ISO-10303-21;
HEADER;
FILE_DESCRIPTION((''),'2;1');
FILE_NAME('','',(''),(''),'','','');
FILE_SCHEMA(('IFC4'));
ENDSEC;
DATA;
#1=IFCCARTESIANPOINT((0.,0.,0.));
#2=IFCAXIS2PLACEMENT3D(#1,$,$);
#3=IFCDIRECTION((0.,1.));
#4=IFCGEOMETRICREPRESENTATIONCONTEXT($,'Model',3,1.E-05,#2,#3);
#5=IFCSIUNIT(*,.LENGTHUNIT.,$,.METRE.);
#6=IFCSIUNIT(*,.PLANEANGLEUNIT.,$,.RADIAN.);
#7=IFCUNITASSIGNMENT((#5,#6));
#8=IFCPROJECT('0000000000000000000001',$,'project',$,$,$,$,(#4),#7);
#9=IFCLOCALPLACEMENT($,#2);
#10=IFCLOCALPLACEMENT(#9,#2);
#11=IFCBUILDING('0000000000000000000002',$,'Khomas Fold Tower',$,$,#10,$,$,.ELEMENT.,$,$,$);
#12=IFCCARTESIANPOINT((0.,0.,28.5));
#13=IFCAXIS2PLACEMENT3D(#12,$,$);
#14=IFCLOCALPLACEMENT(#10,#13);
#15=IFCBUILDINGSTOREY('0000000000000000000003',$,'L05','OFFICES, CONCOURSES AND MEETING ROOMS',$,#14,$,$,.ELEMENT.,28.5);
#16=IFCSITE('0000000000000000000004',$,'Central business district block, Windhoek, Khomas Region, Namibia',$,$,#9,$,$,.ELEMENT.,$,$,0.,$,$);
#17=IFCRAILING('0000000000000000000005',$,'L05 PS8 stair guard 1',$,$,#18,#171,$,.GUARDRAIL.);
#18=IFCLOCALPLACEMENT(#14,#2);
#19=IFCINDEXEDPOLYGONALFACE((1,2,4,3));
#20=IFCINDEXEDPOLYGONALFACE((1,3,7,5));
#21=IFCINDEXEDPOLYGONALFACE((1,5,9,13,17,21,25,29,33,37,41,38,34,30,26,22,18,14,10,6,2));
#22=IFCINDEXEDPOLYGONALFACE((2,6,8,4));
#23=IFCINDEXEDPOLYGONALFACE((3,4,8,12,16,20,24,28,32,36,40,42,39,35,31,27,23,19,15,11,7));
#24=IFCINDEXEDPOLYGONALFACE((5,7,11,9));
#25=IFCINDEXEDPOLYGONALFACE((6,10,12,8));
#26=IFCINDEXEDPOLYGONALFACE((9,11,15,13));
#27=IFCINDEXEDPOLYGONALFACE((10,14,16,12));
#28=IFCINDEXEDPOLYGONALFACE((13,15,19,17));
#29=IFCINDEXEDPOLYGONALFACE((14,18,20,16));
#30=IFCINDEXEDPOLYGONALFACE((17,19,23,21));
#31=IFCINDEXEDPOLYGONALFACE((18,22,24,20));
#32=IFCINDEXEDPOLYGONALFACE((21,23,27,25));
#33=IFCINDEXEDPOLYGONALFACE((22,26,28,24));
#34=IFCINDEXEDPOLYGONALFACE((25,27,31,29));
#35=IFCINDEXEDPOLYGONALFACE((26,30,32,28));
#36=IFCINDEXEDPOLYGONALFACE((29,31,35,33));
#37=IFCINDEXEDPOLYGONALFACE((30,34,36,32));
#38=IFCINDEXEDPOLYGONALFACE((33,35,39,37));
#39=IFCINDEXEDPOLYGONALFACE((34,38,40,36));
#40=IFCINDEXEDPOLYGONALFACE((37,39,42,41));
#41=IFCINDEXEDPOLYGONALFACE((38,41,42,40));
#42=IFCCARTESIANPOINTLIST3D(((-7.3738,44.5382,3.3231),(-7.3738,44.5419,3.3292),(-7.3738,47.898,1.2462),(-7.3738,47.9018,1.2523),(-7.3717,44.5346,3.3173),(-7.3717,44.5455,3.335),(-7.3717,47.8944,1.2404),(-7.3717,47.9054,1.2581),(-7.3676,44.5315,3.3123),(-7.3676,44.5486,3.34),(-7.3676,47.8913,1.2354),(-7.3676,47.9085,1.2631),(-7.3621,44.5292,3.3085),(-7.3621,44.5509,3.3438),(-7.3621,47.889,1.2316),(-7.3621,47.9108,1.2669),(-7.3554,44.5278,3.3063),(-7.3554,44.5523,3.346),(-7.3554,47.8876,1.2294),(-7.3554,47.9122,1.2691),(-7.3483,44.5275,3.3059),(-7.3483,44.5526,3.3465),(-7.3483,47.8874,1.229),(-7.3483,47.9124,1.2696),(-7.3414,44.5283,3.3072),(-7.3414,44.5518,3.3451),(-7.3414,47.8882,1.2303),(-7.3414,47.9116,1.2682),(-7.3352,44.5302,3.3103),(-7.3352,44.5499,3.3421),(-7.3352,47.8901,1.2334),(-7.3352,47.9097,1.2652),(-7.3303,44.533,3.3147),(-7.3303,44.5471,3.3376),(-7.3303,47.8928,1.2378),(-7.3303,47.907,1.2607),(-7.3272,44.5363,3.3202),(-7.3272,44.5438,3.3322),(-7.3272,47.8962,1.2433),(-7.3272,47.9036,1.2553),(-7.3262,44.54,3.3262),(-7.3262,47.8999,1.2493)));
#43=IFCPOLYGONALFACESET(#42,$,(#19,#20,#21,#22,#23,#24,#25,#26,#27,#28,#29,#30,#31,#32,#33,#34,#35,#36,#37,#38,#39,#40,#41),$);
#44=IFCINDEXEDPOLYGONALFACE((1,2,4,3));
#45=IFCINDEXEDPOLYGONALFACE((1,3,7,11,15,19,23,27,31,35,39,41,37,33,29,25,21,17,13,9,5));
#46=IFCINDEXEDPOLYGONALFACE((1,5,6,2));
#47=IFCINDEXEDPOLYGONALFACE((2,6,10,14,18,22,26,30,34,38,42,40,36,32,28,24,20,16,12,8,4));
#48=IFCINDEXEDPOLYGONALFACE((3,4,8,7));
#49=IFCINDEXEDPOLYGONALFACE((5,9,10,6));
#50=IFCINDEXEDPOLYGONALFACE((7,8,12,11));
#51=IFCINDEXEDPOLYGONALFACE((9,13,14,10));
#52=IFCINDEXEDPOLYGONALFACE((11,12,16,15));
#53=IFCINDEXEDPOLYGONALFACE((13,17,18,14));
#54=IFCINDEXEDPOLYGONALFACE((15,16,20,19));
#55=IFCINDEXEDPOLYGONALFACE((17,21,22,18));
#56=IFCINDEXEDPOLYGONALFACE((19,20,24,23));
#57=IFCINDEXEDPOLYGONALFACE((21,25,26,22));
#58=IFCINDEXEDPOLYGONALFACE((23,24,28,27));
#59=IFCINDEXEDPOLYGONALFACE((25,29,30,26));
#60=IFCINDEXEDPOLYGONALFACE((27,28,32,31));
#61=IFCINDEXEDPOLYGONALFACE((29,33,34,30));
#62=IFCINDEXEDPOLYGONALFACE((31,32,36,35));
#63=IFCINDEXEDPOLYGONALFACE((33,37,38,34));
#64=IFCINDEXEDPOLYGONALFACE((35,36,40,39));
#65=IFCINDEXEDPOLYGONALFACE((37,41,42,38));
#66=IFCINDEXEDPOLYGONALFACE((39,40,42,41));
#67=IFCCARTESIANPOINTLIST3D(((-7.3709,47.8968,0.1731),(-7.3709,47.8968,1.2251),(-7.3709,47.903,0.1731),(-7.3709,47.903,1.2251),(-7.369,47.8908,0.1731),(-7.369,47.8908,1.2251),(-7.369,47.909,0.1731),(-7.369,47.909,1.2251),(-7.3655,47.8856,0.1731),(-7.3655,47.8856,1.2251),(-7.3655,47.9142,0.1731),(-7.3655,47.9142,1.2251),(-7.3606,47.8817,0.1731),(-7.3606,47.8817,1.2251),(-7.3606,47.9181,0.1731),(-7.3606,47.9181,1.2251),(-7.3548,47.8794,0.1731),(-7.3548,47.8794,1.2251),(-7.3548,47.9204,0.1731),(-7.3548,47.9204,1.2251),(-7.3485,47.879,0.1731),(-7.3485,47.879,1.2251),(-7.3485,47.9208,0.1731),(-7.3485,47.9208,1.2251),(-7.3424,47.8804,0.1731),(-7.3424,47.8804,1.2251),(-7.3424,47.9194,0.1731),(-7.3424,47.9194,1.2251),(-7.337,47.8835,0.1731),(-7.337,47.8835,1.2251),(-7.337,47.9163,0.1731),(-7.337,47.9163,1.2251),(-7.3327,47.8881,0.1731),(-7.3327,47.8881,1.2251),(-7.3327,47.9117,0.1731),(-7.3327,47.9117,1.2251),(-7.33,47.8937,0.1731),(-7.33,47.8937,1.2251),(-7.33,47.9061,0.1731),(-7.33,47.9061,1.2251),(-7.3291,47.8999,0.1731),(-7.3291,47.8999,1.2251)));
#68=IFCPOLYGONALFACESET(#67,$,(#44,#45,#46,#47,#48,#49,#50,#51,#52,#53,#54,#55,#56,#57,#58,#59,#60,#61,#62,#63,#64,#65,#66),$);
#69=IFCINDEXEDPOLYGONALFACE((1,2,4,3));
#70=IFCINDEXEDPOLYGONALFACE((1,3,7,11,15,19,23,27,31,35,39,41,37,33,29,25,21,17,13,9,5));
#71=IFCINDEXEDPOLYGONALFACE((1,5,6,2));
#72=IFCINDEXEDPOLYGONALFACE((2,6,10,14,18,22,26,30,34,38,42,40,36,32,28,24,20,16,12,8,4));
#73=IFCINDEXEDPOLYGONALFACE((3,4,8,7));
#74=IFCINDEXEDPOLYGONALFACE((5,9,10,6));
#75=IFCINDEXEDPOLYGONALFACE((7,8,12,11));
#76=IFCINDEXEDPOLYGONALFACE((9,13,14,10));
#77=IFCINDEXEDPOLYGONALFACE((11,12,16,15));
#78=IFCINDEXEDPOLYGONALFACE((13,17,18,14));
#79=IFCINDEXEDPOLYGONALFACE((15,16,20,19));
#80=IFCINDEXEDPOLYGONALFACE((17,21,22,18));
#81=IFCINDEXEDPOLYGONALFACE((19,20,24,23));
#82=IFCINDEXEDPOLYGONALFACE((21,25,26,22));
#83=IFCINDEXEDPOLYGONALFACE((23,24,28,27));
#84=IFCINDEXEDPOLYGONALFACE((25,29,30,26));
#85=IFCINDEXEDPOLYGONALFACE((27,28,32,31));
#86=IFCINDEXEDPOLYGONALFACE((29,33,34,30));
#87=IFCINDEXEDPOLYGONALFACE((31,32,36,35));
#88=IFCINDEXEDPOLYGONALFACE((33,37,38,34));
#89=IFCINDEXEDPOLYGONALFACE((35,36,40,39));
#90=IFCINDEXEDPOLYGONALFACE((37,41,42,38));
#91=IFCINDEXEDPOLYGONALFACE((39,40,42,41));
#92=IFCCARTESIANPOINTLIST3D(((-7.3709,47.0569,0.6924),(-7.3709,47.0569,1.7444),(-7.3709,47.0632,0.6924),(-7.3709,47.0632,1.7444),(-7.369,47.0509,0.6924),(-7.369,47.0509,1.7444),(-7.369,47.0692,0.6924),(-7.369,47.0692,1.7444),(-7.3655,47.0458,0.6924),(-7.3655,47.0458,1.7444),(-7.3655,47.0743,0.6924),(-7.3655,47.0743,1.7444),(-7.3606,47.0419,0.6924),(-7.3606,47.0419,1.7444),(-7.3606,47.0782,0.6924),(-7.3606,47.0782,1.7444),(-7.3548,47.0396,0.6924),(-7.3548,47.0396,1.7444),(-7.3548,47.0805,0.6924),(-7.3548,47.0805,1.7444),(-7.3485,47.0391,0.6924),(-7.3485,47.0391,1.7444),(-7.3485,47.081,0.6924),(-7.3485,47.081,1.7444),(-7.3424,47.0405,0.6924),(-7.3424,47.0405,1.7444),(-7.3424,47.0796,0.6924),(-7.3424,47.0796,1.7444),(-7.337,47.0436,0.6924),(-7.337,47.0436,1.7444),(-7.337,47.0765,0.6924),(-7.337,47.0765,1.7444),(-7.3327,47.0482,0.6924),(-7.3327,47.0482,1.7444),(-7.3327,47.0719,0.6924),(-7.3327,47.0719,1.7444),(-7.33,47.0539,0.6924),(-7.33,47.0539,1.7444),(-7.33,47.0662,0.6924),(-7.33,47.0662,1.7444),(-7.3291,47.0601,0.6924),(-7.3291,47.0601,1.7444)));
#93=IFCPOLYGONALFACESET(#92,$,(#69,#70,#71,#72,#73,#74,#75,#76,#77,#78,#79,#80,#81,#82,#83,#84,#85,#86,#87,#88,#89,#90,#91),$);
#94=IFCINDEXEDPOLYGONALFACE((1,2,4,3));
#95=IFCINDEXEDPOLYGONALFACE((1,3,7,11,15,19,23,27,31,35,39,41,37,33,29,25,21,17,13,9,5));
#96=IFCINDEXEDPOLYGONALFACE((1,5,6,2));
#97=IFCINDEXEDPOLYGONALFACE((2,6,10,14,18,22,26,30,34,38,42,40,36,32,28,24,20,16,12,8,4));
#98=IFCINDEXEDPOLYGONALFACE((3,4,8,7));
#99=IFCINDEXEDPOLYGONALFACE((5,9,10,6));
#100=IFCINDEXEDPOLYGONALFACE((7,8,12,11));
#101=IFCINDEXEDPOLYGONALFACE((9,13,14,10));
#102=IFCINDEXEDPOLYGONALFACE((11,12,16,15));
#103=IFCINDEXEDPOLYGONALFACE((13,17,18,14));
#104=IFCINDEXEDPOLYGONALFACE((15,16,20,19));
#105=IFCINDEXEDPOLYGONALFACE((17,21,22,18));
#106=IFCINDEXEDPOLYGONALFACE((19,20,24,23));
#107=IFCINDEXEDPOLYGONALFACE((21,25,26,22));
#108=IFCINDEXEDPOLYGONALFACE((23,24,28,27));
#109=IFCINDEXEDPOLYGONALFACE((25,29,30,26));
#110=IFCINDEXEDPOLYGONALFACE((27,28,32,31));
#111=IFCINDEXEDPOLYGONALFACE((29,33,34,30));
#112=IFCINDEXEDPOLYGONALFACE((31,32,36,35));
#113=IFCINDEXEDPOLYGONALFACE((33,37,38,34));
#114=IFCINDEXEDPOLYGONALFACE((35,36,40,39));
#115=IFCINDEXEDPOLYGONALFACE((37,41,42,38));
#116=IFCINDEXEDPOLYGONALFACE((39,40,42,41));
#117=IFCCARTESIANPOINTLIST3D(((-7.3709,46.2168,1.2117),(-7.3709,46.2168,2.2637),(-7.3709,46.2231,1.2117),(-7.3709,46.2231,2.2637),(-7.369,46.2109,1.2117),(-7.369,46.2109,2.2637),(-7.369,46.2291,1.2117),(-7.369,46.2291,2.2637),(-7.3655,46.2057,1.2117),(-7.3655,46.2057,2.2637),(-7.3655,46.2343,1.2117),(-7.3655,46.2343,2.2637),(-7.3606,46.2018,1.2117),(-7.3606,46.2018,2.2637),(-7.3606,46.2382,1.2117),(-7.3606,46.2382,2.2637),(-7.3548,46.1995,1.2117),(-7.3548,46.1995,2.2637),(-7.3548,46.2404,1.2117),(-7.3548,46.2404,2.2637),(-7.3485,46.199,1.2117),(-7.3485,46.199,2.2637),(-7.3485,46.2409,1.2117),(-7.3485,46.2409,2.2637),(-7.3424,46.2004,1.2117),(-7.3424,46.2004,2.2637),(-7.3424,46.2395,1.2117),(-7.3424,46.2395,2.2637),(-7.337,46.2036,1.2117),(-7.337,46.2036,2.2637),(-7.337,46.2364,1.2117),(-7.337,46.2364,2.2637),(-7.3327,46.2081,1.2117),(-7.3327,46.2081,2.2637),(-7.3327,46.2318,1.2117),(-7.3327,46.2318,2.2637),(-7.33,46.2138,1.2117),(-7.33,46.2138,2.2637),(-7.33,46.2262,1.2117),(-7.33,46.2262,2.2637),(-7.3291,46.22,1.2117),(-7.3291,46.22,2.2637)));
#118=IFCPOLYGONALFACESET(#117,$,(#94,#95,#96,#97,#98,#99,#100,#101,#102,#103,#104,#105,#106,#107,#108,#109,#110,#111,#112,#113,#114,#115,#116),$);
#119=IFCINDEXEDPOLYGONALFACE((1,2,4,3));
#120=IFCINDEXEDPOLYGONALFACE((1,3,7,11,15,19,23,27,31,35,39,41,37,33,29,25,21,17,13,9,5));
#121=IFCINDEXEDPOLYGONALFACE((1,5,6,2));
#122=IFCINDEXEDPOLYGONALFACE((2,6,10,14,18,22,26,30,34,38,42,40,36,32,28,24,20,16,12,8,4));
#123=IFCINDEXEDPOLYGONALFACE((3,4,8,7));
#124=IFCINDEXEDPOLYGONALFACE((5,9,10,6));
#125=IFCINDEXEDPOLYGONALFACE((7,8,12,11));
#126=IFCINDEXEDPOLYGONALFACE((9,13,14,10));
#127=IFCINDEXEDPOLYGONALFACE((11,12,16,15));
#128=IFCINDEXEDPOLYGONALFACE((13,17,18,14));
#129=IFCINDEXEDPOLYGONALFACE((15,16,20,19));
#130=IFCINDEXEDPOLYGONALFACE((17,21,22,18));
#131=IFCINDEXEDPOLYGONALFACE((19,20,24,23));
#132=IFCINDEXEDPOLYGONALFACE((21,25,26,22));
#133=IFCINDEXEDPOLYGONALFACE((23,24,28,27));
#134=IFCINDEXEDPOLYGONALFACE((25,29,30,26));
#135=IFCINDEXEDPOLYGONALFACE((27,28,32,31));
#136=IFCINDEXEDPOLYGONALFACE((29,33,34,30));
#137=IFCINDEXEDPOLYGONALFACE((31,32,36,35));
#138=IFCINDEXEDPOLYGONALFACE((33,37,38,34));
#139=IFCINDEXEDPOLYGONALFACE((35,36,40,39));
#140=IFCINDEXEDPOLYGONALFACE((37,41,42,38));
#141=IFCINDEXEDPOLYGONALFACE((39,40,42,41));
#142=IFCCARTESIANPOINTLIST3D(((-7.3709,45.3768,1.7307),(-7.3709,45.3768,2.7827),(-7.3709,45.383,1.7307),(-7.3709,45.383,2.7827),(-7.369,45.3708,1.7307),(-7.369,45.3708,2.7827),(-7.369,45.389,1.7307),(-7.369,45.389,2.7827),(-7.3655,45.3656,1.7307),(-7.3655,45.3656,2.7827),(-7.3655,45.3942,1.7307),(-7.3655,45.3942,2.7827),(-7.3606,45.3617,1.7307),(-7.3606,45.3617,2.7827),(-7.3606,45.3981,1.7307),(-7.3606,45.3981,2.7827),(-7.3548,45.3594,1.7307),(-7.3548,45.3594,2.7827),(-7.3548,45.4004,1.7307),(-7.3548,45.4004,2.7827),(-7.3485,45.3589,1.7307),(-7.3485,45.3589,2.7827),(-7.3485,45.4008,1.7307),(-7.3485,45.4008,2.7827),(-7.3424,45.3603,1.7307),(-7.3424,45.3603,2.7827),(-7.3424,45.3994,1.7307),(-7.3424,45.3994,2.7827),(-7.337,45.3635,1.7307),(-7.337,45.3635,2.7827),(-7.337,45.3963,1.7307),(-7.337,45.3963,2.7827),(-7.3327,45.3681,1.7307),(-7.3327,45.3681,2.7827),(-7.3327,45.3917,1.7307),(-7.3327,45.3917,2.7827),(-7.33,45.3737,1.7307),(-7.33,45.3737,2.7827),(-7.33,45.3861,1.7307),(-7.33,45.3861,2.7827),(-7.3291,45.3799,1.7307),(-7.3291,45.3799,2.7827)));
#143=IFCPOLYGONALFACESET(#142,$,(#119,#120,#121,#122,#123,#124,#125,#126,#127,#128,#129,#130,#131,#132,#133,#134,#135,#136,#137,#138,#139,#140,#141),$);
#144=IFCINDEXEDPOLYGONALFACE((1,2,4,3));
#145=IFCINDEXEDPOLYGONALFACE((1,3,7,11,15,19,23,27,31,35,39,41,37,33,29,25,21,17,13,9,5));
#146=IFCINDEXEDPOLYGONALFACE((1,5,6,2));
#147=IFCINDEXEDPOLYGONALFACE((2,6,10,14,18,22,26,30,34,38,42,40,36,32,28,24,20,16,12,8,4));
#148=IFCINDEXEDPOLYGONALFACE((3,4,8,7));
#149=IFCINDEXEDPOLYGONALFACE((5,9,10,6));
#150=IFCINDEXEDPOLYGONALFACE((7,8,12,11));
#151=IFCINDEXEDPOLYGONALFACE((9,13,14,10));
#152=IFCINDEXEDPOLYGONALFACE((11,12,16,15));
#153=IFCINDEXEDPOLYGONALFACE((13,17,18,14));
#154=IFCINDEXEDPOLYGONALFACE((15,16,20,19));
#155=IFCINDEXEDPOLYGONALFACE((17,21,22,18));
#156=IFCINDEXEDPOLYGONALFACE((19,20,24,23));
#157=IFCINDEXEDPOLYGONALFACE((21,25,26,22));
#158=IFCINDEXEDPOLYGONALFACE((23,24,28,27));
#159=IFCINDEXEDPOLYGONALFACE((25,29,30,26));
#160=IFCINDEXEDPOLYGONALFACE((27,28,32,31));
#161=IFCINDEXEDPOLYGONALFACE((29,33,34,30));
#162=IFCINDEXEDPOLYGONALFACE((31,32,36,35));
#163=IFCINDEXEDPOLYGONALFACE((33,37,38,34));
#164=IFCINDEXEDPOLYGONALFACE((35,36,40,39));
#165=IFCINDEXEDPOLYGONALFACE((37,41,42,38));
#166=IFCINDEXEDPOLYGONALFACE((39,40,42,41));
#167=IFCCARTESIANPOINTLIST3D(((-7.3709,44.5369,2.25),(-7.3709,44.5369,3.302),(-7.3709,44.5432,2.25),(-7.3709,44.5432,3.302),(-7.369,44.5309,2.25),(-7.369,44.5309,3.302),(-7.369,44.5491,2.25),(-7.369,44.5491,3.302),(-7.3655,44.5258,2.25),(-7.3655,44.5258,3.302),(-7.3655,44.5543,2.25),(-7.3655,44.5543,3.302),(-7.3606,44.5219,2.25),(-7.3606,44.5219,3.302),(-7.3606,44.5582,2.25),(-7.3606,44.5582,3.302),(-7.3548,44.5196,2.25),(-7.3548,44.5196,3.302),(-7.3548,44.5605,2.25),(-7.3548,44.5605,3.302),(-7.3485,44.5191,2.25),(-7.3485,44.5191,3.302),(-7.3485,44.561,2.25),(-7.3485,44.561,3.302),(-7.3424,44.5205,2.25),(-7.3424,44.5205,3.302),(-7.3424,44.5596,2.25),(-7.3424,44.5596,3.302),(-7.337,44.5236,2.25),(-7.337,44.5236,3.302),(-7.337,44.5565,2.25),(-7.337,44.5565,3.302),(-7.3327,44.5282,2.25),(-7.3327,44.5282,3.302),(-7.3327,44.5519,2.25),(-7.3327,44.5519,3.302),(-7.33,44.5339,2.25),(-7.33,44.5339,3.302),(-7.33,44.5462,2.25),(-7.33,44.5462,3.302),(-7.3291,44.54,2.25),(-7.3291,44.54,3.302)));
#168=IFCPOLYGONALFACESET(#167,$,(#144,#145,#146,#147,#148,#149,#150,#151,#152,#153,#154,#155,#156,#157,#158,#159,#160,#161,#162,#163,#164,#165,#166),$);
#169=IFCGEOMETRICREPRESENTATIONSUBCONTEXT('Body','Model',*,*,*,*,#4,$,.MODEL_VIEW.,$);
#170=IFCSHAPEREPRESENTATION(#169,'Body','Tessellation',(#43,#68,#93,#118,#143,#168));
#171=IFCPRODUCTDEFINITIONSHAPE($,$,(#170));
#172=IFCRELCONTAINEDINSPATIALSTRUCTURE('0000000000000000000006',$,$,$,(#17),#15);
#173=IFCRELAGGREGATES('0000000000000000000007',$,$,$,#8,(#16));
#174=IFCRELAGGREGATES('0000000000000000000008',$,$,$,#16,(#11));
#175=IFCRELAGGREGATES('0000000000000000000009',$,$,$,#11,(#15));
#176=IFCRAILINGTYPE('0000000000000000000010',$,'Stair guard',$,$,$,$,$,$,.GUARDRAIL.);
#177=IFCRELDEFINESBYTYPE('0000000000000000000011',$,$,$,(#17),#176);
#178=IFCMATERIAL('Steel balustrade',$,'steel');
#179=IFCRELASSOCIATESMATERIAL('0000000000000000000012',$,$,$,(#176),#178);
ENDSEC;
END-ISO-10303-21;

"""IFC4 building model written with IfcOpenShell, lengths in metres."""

from ifc_helpers import new_model, si_unit, direction, frame, origin, origin_2d, place, context, subcontext, project, spatial, circle, extrude, source, transform, mapped, material, type_object, element, save


model = new_model("IFC4")

# Units and contexts
model_context = context("Model", 3, precision=1e-05, world=origin(), true_north=direction((0.0, 1.0)))
body_context = subcontext(model_context, "Body", "Model", "MODEL_VIEW")
ifc_project = project(units=[si_unit("LENGTHUNIT", "METRE"), si_unit("PLANEANGLEUNIT", "RADIAN")], contexts=[model_context])

# Site, building, storey
site_placement = place(None, origin())
site = spatial("IfcSite", under=ifc_project, at=site_placement, Name="Central business district block, Windhoek, Khomas Region, Namibia", CompositionType="ELEMENT", RefElevation=0.0)
building_placement = place(site_placement, origin())
building = spatial("IfcBuilding", under=site, at=building_placement, Name="Khomas Fold Tower", CompositionType="ELEMENT")
storey_placement = place(building_placement, frame((0.0, 0.0, 28.5)))
storey = spatial("IfcBuildingStorey", under=building, at=storey_placement, Name="L05", Description="OFFICES, CONCOURSES AND MEETING ROOMS", CompositionType="ELEMENT", Elevation=28.5)

# Railing
ifc_material_1 = material(Name="Steel balustrade", Category="steel")
railing_type_1 = type_object("IfcRailingType", Name="Stair guard", PredefinedType="GUARDRAIL", material=ifc_material_1)
shared_shape_1 = source(origin(), body_context, "Body", "SweptSolid", [
    extrude(circle(Radius=0.0239, at=origin_2d()), frame((0.0, 0.0, 1.0762), z_axis=(0.0, -0.850606, 0.525803), x_axis=(1.0, 0.0, 0.0)), (0.0, 0.0, 1.0), 3.95),
    extrude(circle(Radius=0.021, at=origin_2d()), origin(), (0.0, 0.0, 1.0), 1.052),
    extrude(circle(Radius=0.021, at=origin_2d()), frame((0.0, -0.8398, 0.5193)), (0.0, 0.0, 1.0), 1.052),
    extrude(circle(Radius=0.021, at=origin_2d()), frame((0.0, -1.6799, 1.0386)), (0.0, 0.0, 1.0), 1.052),
    extrude(circle(Radius=0.021, at=origin_2d()), frame((0.0, -2.52, 1.5576)), (0.0, 0.0, 1.0), 1.052),
    extrude(circle(Radius=0.021, at=origin_2d()), frame((0.0, -3.3599, 2.0769)), (0.0, 0.0, 1.0), 1.052),
])
railing_1_placement = place(storey_placement, frame((-7.3501, 47.8999, 0.1731)))
element("IfcRailing", 1, at=railing_1_placement, inside=storey, type_object=railing_type_1, Name="L05 PS8 stair guard 1", PredefinedType="GUARDRAIL", context=body_context, shape_type="MappedRepresentation", body=[
    mapped(shared_shape_1, transform((0.0, 0.0, 0.0))),
])

save(model, "model.ifc")
